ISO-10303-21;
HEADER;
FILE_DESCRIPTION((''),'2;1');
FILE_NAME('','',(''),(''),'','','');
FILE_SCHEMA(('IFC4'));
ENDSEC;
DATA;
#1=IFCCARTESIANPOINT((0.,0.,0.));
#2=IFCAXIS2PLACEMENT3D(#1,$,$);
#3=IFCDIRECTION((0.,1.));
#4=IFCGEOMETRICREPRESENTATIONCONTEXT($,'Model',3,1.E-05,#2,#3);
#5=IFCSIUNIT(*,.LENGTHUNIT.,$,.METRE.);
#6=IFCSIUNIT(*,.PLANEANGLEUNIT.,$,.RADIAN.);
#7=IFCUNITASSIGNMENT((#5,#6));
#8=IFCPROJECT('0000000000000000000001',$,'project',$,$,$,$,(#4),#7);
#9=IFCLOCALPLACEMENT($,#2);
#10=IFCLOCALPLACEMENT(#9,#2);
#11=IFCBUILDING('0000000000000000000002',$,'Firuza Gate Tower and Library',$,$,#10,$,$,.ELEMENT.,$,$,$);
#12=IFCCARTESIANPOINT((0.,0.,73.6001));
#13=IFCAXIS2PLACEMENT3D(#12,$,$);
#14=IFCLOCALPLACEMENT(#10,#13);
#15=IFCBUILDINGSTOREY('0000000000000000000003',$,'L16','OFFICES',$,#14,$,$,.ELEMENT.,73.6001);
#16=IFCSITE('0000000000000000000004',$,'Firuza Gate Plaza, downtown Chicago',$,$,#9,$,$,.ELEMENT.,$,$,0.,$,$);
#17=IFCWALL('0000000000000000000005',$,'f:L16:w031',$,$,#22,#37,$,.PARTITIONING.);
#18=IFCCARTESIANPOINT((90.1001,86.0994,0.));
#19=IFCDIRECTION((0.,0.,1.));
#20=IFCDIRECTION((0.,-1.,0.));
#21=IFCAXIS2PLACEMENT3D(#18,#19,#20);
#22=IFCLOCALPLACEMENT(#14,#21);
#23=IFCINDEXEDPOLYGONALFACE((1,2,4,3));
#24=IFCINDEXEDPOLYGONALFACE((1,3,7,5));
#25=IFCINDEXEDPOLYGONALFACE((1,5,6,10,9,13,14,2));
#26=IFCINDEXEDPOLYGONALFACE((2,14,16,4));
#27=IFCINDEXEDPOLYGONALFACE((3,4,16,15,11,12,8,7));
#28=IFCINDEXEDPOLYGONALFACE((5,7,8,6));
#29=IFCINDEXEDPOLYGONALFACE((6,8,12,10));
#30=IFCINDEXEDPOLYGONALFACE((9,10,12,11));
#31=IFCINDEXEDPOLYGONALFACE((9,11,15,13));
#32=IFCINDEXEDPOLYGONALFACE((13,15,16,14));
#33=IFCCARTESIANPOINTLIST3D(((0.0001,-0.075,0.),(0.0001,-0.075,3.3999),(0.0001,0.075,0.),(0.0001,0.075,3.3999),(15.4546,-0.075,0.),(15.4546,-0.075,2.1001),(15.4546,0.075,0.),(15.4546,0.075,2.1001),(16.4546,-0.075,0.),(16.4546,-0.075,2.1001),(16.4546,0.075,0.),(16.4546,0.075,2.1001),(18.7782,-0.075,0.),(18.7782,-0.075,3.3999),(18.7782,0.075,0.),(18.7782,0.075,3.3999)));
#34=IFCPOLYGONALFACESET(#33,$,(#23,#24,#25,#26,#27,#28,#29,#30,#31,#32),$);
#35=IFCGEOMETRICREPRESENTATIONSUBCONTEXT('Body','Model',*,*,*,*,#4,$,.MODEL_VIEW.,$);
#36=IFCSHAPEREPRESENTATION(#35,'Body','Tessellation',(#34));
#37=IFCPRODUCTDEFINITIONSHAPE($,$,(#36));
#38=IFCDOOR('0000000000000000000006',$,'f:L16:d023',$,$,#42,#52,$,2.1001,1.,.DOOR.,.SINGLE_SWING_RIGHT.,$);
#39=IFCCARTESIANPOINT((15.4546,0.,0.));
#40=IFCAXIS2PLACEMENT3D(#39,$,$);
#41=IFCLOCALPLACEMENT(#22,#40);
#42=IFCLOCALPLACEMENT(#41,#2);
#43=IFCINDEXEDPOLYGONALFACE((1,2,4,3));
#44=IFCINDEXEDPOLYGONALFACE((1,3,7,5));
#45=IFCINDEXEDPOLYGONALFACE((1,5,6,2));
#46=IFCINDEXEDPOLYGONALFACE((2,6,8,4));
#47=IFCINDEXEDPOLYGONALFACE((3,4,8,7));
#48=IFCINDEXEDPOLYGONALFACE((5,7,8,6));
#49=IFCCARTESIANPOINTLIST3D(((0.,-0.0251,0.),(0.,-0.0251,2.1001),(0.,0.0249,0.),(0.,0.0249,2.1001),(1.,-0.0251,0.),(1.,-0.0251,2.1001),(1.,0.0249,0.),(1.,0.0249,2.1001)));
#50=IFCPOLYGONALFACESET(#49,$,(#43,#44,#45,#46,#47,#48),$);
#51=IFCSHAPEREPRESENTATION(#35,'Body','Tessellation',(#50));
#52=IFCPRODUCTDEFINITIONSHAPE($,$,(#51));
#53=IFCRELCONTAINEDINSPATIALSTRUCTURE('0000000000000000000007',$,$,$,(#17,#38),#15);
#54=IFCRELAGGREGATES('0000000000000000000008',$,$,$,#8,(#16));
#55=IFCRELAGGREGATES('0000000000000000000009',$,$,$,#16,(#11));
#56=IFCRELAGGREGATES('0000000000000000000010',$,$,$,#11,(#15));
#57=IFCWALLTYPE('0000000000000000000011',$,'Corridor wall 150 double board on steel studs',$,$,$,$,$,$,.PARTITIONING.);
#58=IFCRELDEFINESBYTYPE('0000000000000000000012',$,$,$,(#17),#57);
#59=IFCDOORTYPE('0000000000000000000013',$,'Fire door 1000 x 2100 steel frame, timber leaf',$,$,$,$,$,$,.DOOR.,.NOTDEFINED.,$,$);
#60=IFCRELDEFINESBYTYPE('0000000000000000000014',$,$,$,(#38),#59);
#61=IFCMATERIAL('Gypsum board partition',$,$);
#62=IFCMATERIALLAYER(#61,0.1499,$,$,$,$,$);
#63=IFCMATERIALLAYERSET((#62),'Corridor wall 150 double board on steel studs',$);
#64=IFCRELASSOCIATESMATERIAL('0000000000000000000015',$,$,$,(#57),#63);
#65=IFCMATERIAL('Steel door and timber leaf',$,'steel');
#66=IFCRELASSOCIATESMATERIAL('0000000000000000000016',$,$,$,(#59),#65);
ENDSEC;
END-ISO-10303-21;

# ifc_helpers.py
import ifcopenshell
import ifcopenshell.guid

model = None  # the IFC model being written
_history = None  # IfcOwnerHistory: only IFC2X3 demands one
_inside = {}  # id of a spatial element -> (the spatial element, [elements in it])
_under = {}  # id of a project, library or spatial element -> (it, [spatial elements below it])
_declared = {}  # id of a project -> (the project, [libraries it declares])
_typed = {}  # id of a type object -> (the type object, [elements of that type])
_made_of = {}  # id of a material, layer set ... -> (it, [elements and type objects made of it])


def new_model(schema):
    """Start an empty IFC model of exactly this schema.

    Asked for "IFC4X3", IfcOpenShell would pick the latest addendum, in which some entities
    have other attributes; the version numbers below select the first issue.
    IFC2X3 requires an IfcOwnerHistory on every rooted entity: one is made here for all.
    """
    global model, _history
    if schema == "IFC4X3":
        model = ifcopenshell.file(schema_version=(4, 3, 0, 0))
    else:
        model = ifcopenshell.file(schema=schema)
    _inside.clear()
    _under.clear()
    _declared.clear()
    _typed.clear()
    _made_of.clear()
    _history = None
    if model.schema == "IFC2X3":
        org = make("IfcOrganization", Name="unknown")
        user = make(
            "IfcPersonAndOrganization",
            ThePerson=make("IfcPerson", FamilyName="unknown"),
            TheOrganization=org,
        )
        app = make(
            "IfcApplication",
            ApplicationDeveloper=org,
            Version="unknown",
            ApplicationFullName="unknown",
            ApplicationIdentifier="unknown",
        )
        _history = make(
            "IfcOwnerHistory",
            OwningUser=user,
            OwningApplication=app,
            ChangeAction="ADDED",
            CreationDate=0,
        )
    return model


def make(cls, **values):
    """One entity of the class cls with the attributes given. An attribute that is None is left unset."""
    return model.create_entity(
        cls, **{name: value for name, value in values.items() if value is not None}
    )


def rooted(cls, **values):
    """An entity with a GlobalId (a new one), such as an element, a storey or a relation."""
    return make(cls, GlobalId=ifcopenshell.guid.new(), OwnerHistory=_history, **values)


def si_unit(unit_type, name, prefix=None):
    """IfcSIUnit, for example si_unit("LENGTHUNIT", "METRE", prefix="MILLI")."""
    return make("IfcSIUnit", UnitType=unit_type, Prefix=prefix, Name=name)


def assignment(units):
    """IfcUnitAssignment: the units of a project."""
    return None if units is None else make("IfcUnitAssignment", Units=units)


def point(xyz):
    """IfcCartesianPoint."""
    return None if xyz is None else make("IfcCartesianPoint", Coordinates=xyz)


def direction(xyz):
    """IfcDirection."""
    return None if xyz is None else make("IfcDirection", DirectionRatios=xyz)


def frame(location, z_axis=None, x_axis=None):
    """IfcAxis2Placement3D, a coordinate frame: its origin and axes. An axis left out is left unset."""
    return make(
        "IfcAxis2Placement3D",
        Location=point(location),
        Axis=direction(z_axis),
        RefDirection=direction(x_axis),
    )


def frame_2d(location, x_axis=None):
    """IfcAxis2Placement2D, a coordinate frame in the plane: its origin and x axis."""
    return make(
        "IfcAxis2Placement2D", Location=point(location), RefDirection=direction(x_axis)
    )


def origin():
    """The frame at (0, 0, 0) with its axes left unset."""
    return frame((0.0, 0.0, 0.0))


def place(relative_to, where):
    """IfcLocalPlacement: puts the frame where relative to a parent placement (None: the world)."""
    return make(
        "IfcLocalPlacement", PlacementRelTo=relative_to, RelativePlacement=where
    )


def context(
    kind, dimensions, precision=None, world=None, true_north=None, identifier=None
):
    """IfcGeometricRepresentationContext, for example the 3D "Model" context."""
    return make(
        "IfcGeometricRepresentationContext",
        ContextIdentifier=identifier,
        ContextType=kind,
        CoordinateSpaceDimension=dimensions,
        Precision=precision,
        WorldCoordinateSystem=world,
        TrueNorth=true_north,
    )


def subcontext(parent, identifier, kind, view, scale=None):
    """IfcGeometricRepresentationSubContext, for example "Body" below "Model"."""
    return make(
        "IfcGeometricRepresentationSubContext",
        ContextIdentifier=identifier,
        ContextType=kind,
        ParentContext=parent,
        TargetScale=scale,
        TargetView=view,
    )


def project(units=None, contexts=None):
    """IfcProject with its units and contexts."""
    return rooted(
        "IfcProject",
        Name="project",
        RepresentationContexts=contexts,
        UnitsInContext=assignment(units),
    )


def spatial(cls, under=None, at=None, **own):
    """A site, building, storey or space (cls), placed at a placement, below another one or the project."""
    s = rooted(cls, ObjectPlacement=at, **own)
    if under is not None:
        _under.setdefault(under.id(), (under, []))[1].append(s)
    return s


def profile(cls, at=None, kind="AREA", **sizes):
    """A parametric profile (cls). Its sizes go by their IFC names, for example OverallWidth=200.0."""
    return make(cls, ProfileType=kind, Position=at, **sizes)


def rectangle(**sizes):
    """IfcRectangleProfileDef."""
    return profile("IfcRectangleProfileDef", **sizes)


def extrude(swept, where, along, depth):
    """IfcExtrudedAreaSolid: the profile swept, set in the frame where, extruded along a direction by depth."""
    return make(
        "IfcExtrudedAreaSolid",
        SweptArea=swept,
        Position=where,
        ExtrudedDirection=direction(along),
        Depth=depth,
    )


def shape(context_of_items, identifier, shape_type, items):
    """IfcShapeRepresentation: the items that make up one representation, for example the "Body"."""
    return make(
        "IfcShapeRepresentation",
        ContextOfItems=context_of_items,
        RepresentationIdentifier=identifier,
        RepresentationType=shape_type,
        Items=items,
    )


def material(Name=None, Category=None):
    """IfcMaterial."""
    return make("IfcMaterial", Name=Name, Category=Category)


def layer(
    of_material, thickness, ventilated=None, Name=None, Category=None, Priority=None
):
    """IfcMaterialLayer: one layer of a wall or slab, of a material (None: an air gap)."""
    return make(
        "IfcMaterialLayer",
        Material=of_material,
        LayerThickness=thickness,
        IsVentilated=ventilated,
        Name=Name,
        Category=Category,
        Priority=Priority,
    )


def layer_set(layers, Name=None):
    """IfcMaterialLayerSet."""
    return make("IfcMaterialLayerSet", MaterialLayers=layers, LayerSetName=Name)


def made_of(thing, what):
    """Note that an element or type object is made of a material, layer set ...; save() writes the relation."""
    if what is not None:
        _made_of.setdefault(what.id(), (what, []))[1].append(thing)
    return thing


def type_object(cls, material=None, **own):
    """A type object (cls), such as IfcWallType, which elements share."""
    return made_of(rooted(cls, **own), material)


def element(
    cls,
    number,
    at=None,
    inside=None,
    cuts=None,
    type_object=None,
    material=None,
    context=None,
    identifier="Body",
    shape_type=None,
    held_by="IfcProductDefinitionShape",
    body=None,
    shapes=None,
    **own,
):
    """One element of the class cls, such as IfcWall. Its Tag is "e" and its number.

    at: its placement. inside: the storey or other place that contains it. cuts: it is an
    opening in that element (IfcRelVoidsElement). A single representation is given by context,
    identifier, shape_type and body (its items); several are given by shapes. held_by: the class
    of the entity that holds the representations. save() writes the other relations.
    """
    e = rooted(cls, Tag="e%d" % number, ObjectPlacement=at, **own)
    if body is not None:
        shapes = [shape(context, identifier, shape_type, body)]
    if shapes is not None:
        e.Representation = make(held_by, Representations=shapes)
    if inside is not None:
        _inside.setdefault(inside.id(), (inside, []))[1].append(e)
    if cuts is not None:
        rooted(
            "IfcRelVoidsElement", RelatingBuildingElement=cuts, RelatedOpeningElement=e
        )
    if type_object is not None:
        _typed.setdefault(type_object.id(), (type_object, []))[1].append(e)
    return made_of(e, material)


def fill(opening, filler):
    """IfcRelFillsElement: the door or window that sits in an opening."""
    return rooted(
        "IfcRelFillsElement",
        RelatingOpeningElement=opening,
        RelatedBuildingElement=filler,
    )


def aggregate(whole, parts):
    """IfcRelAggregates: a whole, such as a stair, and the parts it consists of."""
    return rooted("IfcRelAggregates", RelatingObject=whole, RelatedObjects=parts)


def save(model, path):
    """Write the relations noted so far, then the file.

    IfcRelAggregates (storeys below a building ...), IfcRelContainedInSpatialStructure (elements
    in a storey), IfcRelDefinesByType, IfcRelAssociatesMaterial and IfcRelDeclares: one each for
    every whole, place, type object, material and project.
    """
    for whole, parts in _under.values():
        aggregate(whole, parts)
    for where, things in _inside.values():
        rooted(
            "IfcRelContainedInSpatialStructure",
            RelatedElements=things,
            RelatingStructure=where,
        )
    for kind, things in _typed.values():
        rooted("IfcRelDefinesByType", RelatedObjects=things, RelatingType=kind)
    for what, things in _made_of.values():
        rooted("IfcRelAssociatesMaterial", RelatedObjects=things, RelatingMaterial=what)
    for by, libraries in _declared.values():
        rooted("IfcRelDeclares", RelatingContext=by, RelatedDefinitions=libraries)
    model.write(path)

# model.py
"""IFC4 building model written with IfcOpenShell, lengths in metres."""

from ifc_helpers import new_model, si_unit, direction, frame, frame_2d, origin, place, context, subcontext, project, spatial, rectangle, extrude, material, layer, layer_set, type_object, element, fill, save


model = new_model("IFC4")

# Units and contexts
model_context = context("Model", 3, precision=1e-05, world=origin(), true_north=direction((0.0, 1.0)))
body_context = subcontext(model_context, "Body", "Model", "MODEL_VIEW")
ifc_project = project(units=[si_unit("LENGTHUNIT", "METRE"), si_unit("PLANEANGLEUNIT", "RADIAN")], contexts=[model_context])

# Site, building, storey
site_placement = place(None, origin())
site = spatial("IfcSite", under=ifc_project, at=site_placement, Name="Firuza Gate Plaza, downtown Chicago", CompositionType="ELEMENT", RefElevation=0.0)
building_placement = place(site_placement, origin())
building = spatial("IfcBuilding", under=site, at=building_placement, Name="Firuza Gate Tower and Library", CompositionType="ELEMENT")
storey_placement = place(building_placement, frame((0.0, 0.0, 73.6001)))
storey = spatial("IfcBuildingStorey", under=building, at=storey_placement, Name="L16", Description="OFFICES", CompositionType="ELEMENT", Elevation=73.6001)

# Wall, opening, door
ifc_material_1 = material(Name="Gypsum board partition")
ifc_layer_1 = layer(ifc_material_1, 0.1499)
ifc_layer_set_1 = layer_set([ifc_layer_1], Name="Corridor wall 150 double board on steel studs")
wall_type_1 = type_object("IfcWallType", Name="Corridor wall 150 double board on steel studs", PredefinedType="PARTITIONING", material=ifc_layer_set_1)
wall_1_placement = place(storey_placement, frame((90.1001, 86.0994, 0.0), z_axis=(0.0, 0.0, 1.0), x_axis=(0.0, -1.0, 0.0)))
wall_1 = element("IfcWall", 1, at=wall_1_placement, inside=storey, type_object=wall_type_1, Name="f:L16:w031", PredefinedType="PARTITIONING", context=body_context, shape_type="SweptSolid", body=[
    extrude(rectangle(XDim=18.7781, YDim=0.1499, at=frame_2d((9.3892, 0.0))), origin(), (0.0, 0.0, 1.0), 3.3999),
])
opening_1_placement = place(wall_1_placement, frame((15.4546, 0.0, 0.0)))
opening_1 = element("IfcOpeningElement", 2, at=opening_1_placement, cuts=wall_1, PredefinedType="OPENING", context=body_context, shape_type="SweptSolid", body=[
    extrude(rectangle(XDim=1.0, YDim=2.1001, at=frame_2d((0.5, 1.05))), frame((0.0, 0.085, 0.0), z_axis=(0.0, -1.0, 0.0), x_axis=(1.0, 0.0, 0.0)), (0.0, 0.0, 1.0), 0.1699),
])
ifc_material_2 = material(Name="Steel door and timber leaf", Category="steel")
door_type_1 = type_object("IfcDoorType", Name="Fire door 1000 x 2100 steel frame, timber leaf", OperationType="NOTDEFINED", PredefinedType="DOOR", material=ifc_material_2)
door_1_placement = place(opening_1_placement, origin())
door_1 = element("IfcDoor", 3, at=door_1_placement, inside=storey, type_object=door_type_1, Name="f:L16:d023", OperationType="SINGLE_SWING_RIGHT", OverallHeight=2.1001, OverallWidth=1.0, PredefinedType="DOOR", context=body_context, shape_type="SweptSolid", body=[
    extrude(rectangle(XDim=1.0, YDim=2.1001, at=frame_2d((0.5, 1.05))), frame((0.0, 0.0249, 0.0), z_axis=(0.0, -1.0, 0.0), x_axis=(1.0, 0.0, 0.0)), (0.0, 0.0, 1.0), 0.05),
])
fill(opening_1, door_1)

save(model, "model.ifc")
